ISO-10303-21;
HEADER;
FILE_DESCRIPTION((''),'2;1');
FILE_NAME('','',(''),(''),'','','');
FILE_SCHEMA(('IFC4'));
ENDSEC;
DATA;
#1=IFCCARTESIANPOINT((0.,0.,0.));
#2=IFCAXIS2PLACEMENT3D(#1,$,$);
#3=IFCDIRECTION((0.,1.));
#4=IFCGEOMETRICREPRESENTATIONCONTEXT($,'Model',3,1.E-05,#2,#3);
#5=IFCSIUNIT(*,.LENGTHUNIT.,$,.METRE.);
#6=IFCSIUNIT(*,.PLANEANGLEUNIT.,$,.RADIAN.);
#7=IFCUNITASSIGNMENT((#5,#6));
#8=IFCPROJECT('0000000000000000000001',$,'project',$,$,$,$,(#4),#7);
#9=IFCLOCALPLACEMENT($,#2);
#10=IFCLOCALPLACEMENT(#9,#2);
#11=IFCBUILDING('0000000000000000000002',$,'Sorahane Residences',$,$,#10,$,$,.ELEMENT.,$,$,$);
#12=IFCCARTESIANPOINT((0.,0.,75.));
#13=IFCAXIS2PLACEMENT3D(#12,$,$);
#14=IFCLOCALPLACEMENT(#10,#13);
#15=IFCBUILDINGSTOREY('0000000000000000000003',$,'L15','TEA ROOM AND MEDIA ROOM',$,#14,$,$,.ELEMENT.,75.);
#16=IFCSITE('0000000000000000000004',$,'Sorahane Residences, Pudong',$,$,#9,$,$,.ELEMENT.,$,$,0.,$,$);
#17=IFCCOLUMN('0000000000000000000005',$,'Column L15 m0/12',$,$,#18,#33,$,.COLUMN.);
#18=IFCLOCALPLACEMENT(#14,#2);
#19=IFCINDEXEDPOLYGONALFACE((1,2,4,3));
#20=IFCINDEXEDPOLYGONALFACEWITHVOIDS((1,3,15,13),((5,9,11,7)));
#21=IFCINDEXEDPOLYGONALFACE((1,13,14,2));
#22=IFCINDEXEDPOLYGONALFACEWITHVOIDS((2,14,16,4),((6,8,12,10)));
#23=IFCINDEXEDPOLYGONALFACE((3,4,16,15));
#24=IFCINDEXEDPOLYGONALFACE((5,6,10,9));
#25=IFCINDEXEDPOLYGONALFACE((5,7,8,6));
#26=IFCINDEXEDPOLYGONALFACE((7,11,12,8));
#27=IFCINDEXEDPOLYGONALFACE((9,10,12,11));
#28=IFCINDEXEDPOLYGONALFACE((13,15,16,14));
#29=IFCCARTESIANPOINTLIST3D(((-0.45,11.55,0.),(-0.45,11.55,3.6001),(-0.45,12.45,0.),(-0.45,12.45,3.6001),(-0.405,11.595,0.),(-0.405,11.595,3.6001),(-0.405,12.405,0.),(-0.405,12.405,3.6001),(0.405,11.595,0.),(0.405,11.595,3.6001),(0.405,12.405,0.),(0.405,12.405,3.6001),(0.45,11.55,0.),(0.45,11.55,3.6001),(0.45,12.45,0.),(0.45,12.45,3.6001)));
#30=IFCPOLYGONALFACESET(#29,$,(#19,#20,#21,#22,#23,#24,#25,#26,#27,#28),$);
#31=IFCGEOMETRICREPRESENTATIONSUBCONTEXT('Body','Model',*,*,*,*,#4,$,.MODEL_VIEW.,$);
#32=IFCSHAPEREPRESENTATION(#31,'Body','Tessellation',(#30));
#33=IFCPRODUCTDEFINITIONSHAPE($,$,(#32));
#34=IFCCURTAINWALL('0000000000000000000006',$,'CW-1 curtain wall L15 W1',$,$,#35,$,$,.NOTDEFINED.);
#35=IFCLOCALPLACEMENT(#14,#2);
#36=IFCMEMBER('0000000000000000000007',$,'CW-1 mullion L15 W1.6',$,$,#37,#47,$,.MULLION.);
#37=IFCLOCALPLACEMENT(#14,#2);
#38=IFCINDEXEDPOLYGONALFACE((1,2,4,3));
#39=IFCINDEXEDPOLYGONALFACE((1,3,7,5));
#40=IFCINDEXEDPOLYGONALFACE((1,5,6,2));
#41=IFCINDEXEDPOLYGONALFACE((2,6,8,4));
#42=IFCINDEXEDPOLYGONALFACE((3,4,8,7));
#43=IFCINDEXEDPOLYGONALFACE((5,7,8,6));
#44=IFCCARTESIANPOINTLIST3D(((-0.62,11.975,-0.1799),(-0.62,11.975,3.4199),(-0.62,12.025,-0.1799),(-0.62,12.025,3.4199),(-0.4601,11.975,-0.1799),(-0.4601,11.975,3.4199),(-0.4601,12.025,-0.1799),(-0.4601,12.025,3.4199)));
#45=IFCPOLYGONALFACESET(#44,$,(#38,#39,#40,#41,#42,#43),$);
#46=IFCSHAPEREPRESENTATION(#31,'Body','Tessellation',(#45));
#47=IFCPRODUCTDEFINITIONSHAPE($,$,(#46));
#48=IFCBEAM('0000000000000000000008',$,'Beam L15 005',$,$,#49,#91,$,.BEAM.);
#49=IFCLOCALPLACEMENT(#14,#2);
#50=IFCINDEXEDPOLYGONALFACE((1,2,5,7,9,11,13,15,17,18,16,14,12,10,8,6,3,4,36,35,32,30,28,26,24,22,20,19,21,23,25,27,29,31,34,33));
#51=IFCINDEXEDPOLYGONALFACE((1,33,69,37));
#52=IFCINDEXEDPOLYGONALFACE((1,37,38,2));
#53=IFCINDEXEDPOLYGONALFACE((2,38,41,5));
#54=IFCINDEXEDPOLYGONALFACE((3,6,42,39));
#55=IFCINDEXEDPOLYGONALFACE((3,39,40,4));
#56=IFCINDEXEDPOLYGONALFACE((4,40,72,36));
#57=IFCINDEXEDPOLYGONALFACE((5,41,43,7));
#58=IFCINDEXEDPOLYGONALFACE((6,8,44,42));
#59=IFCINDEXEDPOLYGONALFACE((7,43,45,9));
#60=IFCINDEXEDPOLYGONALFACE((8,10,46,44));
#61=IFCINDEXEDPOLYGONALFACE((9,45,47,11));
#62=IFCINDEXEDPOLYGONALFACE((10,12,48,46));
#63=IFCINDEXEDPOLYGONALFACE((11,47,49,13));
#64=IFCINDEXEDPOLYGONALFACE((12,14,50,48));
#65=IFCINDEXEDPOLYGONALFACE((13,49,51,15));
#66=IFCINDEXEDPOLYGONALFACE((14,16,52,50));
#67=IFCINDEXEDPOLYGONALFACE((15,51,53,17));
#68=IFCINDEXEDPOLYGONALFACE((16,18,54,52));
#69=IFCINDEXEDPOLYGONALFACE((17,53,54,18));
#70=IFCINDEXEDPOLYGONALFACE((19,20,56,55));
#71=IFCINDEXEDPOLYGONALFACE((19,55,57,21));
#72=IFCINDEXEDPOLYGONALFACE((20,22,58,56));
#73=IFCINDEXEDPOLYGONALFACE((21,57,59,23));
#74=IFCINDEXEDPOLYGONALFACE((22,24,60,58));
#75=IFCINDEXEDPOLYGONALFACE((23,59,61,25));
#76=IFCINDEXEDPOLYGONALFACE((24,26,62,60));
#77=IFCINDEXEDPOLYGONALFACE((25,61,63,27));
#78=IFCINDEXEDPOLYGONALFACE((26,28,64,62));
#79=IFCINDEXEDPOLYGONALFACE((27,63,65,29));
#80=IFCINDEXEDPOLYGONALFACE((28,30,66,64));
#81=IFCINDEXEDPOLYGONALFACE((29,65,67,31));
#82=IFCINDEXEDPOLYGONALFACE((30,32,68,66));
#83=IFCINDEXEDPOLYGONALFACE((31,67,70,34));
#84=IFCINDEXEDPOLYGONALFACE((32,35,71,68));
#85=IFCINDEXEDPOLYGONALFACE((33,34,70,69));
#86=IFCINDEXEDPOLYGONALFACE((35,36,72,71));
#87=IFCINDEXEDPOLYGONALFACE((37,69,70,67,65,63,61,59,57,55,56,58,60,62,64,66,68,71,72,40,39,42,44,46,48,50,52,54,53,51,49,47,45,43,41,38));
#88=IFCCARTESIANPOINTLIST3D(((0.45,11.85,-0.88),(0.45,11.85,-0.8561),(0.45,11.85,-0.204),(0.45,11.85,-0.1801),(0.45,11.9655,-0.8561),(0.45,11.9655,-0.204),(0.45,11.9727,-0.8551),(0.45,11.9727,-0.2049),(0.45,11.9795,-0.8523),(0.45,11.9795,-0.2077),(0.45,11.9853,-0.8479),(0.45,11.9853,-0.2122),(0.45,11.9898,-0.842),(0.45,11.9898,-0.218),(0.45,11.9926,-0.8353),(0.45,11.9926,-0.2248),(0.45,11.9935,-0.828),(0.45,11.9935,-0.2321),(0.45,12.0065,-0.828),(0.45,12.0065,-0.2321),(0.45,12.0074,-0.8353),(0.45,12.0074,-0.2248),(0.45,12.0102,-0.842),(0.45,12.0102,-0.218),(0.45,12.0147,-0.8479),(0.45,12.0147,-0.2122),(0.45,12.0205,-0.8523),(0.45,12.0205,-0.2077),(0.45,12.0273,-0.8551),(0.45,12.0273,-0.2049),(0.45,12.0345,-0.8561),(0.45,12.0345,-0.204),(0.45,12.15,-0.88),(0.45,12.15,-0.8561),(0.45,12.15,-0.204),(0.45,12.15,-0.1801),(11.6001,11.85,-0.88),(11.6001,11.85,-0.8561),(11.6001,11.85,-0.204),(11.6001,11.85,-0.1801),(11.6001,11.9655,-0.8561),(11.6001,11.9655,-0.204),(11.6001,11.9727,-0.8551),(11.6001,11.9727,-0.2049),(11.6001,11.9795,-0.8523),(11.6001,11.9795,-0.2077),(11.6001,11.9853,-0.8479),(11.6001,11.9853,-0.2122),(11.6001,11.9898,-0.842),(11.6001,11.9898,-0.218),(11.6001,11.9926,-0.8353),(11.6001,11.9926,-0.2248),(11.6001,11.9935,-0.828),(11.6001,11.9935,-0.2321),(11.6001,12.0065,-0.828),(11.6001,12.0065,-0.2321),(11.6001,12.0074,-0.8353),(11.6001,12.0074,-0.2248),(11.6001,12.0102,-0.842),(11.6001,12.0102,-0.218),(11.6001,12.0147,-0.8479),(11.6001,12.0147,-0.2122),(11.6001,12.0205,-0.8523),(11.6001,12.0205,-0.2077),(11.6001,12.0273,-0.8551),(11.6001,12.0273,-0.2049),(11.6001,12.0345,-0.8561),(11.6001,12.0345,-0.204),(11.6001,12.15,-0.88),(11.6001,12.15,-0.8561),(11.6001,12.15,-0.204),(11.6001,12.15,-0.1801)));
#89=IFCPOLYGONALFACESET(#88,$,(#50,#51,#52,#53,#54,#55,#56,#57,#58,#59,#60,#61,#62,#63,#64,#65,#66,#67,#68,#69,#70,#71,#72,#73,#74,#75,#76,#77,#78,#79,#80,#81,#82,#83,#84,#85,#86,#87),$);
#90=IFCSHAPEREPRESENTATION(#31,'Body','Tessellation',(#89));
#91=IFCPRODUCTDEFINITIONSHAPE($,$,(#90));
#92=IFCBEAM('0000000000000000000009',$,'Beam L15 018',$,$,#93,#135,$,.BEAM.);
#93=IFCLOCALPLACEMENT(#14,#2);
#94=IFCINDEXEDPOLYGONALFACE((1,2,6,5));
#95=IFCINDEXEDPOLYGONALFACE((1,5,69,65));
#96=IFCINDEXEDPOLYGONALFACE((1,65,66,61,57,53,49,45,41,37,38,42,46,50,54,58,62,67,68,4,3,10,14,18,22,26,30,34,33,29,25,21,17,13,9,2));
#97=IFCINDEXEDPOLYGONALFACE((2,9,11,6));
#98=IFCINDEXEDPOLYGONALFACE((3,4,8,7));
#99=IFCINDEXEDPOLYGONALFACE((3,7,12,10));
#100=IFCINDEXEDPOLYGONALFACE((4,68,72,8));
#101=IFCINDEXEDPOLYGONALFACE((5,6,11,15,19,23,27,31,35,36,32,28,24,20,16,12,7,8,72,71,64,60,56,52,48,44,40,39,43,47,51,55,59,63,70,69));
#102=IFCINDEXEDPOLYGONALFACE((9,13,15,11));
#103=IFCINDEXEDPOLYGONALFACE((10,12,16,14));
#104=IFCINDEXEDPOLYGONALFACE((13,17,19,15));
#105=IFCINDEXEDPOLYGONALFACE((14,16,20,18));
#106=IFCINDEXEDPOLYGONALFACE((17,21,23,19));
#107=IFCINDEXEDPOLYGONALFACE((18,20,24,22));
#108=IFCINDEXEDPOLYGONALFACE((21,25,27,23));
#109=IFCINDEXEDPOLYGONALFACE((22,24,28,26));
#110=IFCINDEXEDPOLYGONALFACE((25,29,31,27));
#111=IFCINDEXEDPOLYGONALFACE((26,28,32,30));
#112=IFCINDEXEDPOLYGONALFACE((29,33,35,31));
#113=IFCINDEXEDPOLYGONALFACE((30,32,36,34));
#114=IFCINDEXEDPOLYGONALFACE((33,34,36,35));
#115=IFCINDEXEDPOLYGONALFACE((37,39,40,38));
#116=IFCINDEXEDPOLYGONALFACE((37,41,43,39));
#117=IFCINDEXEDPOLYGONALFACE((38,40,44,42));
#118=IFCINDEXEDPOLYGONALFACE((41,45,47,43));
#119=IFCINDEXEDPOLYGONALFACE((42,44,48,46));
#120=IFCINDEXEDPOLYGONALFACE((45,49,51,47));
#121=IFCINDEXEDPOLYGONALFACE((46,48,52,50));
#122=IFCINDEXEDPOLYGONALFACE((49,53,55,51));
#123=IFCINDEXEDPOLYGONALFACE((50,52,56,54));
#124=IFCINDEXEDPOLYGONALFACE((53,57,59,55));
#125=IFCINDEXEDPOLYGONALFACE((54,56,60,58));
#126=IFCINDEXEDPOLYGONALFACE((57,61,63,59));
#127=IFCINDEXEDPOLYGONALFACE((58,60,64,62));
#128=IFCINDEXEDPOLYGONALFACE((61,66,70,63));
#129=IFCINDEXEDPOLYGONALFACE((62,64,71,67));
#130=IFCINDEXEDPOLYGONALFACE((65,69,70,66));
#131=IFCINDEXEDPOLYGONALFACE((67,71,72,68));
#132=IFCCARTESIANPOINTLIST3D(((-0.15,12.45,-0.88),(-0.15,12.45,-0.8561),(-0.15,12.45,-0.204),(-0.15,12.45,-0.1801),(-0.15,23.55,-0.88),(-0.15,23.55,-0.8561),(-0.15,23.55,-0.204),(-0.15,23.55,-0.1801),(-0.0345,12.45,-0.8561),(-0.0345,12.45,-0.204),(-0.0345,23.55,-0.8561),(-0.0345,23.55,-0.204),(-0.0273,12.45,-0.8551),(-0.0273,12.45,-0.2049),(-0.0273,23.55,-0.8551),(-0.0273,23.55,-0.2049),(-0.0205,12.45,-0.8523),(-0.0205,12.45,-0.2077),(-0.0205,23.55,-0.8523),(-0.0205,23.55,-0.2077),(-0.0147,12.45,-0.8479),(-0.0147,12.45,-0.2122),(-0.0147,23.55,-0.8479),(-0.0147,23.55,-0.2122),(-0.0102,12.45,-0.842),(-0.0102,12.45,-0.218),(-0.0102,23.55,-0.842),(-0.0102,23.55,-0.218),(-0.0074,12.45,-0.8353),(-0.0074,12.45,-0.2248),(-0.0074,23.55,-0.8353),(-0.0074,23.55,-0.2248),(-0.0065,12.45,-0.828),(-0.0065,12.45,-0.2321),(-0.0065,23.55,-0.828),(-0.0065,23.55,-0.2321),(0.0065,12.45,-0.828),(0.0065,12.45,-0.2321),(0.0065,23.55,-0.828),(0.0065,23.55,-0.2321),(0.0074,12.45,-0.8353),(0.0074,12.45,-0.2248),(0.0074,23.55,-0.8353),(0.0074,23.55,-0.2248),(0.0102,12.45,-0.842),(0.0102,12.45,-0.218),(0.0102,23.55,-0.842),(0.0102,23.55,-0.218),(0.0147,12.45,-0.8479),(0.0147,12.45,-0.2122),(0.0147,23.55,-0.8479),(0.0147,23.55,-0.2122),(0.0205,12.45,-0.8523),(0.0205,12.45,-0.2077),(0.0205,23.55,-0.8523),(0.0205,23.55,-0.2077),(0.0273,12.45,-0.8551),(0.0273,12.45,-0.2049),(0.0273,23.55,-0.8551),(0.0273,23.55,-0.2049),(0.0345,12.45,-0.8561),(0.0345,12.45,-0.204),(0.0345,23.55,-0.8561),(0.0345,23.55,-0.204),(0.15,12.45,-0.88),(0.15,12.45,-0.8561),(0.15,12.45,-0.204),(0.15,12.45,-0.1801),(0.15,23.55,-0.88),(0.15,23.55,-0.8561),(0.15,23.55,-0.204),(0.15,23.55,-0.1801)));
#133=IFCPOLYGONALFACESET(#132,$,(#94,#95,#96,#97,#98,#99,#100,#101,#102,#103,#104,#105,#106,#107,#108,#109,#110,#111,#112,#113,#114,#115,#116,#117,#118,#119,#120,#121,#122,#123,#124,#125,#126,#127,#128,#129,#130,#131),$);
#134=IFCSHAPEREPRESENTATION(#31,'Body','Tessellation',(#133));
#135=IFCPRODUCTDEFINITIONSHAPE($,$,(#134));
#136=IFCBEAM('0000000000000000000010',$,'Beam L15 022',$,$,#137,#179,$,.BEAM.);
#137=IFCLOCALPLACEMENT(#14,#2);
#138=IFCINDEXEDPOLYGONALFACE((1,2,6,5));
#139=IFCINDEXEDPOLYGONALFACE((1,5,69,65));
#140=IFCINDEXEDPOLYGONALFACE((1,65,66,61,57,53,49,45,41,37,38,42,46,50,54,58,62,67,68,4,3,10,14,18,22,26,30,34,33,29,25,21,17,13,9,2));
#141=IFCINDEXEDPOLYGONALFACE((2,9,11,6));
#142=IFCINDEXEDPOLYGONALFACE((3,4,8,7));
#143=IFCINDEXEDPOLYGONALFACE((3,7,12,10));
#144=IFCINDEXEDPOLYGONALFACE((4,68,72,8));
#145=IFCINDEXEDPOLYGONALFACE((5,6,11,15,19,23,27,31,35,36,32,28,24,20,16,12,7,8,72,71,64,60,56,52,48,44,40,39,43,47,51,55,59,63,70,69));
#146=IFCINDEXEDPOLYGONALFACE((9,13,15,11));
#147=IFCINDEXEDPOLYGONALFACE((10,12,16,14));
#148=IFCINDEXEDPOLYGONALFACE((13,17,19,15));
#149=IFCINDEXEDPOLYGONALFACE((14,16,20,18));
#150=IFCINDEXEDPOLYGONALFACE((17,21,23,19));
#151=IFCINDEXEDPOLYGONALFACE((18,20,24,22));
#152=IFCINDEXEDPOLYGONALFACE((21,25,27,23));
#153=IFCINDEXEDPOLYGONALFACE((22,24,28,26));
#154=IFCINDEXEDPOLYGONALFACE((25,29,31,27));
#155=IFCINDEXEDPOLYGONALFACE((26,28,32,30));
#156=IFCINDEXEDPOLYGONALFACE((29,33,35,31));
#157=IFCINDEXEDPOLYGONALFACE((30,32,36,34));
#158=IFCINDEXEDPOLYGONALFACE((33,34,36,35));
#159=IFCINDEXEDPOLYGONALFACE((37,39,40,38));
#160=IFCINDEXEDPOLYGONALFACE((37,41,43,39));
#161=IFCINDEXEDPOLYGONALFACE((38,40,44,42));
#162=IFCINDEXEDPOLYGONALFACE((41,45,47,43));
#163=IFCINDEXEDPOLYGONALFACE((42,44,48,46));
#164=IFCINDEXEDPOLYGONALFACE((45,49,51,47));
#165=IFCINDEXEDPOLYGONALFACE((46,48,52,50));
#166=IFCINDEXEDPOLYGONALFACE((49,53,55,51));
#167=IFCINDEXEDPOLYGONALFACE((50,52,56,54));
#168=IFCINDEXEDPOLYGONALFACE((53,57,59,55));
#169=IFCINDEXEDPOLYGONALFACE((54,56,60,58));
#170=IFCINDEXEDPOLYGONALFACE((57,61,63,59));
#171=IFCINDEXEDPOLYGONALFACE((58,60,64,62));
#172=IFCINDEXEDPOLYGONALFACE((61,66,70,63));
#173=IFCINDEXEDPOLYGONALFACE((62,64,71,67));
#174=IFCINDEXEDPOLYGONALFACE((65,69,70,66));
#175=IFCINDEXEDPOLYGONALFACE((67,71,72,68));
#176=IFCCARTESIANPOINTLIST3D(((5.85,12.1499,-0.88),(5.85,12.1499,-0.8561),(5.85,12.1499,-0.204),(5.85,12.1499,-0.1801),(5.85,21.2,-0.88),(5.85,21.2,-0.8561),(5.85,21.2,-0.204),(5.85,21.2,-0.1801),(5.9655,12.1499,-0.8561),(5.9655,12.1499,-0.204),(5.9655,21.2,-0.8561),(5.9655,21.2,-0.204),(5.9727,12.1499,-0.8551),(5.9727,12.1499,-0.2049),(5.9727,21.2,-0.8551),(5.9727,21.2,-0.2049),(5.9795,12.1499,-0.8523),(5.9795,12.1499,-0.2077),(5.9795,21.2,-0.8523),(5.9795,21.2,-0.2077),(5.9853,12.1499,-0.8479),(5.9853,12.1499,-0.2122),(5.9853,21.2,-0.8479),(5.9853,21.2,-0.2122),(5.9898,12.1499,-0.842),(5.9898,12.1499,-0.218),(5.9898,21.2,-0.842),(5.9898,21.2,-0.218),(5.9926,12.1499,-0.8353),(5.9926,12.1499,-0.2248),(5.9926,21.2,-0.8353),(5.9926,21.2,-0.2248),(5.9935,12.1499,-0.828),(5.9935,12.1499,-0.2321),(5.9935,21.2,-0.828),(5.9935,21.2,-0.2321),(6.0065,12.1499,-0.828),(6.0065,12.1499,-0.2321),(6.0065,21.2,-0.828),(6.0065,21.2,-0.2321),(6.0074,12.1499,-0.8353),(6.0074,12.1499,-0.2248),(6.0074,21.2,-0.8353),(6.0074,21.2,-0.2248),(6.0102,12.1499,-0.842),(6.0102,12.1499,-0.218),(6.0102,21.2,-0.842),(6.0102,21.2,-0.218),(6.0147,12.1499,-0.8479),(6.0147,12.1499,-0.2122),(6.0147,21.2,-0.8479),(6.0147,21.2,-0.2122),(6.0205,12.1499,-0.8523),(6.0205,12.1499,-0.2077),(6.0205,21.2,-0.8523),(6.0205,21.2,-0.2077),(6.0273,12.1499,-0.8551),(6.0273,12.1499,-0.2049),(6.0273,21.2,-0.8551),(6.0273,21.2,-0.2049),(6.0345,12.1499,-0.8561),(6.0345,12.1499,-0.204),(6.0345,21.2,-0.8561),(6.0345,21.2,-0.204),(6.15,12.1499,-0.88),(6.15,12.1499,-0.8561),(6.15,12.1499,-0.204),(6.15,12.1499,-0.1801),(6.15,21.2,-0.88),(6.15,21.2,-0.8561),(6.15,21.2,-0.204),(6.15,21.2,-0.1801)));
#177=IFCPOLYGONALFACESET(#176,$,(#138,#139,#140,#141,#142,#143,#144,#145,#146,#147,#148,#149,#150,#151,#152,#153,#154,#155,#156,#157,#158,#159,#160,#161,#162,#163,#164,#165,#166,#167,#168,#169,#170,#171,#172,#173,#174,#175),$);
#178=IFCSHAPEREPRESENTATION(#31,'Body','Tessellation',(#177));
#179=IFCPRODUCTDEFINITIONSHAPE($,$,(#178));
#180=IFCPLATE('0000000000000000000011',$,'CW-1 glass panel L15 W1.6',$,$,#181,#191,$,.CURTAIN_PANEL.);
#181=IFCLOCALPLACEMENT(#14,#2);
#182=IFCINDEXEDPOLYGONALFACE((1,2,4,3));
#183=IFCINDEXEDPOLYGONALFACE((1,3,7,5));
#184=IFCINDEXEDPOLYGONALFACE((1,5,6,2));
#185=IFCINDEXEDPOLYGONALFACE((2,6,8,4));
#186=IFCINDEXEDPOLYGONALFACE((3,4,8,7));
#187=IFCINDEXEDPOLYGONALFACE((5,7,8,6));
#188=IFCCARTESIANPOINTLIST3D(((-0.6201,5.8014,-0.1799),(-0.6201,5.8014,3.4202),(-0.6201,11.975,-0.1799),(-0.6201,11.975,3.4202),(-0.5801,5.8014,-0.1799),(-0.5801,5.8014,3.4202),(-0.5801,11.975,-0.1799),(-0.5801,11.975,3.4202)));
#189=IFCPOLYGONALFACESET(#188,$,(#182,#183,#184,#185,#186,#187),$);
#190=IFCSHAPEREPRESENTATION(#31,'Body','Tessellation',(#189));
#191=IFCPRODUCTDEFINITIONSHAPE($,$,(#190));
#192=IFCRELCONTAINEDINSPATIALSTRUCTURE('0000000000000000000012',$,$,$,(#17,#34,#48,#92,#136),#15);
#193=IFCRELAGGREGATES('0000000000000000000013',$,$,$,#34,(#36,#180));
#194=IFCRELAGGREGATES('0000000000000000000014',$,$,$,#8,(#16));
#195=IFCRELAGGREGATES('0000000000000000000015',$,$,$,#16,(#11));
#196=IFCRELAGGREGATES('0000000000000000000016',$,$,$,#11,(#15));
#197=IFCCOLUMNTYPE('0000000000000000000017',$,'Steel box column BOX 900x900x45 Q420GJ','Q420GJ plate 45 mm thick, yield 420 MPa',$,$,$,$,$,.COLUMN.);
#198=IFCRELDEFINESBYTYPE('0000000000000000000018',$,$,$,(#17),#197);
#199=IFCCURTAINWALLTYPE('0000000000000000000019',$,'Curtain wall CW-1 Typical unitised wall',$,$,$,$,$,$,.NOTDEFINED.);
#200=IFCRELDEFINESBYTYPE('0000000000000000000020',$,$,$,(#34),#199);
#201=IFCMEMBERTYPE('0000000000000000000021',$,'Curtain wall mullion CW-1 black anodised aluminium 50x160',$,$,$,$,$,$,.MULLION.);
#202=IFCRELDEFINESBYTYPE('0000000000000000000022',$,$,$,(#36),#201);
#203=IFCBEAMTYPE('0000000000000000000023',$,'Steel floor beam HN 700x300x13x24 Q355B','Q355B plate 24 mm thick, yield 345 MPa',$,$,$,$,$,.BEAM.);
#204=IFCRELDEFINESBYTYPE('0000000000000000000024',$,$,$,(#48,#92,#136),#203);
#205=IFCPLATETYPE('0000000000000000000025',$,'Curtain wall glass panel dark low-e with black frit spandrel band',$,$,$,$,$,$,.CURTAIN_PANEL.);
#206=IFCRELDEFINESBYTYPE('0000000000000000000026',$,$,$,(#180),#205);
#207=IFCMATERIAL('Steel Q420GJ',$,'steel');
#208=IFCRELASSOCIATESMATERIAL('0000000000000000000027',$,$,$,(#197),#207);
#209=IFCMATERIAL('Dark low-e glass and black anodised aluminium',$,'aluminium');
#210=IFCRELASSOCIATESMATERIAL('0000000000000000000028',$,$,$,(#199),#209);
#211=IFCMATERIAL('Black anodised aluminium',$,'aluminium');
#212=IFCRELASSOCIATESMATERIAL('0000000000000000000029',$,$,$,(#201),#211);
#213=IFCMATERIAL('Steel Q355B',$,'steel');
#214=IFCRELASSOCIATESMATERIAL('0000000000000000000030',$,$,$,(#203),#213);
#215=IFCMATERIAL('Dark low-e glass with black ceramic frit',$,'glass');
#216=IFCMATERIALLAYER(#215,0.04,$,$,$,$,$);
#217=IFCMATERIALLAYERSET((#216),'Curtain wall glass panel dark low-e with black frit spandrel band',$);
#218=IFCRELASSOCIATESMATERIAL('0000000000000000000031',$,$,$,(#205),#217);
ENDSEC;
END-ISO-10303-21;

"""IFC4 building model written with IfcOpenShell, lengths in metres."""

from ifc_helpers import new_model, si_unit, direction, frame, origin, origin_2d, place, context, subcontext, project, spatial, rectangle, hollow_rectangle, i_section, extrude, material, layer, layer_set, material_profile, profile_set, type_object, element, aggregate, save


model = new_model("IFC4")

# Units and contexts
model_context = context("Model", 3, precision=1e-05, world=origin(), true_north=direction((0.0, 1.0)))
body_context = subcontext(model_context, "Body", "Model", "MODEL_VIEW")
ifc_project = project(units=[si_unit("LENGTHUNIT", "METRE"), si_unit("PLANEANGLEUNIT", "RADIAN")], contexts=[model_context])

# Site, building, storey
site_placement = place(None, origin())
site = spatial("IfcSite", under=ifc_project, at=site_placement, Name="Sorahane Residences, Pudong", CompositionType="ELEMENT", RefElevation=0.0)
building_placement = place(site_placement, origin())
building = spatial("IfcBuilding", under=site, at=building_placement, Name="Sorahane Residences", CompositionType="ELEMENT")
storey_placement = place(building_placement, frame((0.0, 0.0, 75.0)))
storey = spatial("IfcBuildingStorey", under=building, at=storey_placement, Name="L15", Description="TEA ROOM AND MEDIA ROOM", CompositionType="ELEMENT", Elevation=75.0)

# Column
ifc_material_1 = material(Name="Steel Q420GJ", Category="steel")
ifc_material_profile_1 = material_profile(ifc_material_1, hollow_rectangle(XDim=0.8999, YDim=0.8999, WallThickness=0.0449, at=origin_2d()), Name="BOX 900x900x45")
ifc_profile_set_1 = profile_set([ifc_material_profile_1], Name="Steel Q420GJ")
column_type = type_object("IfcColumnType", Name="Steel box column BOX 900x900x45 Q420GJ", Description="Q420GJ plate 45 mm thick, yield 420 MPa", PredefinedType="COLUMN", material=ifc_profile_set_1)
column_placement = place(storey_placement, frame((0.0, 12.0, 0.0), z_axis=(0.0, 0.0, 1.0), x_axis=(1.0, 0.0, 0.0)))
element("IfcColumn", 1, at=column_placement, inside=storey, type_object=column_type, Name="Column L15 m0/12", PredefinedType="COLUMN", context=body_context, shape_type="SweptSolid", body=[
    extrude(hollow_rectangle(XDim=0.8999, YDim=0.8999, WallThickness=0.0449, at=origin_2d()), origin(), (0.0, 0.0, 1.0), 3.6001),
])

# Curtain wall, member
ifc_material_2 = material(Name="Dark low-e glass and black anodised aluminium", Category="aluminium")
curtain_wall_type = type_object("IfcCurtainWallType", Name="Curtain wall CW-1 Typical unitised wall", PredefinedType="NOTDEFINED", material=ifc_material_2)
curtain_wall_placement = place(storey_placement, origin())
curtain_wall = element("IfcCurtainWall", 2, at=curtain_wall_placement, inside=storey, type_object=curtain_wall_type, Name="CW-1 curtain wall L15 W1", PredefinedType="NOTDEFINED")
ifc_material_3 = material(Name="Black anodised aluminium", Category="aluminium")
ifc_material_profile_2 = material_profile(ifc_material_3, rectangle(XDim=0.1599, YDim=0.05, at=origin_2d()), Name="Curtain wall mullion CW-1 black anodised aluminium 50x160")
ifc_profile_set_2 = profile_set([ifc_material_profile_2], Name="Black anodised aluminium")
member_type = type_object("IfcMemberType", Name="Curtain wall mullion CW-1 black anodised aluminium 50x160", PredefinedType="MULLION", material=ifc_profile_set_2)
member_placement = place(storey_placement, frame((-0.54, 12.0, -0.1799), z_axis=(0.0, 0.0, 1.0), x_axis=(-1.0, 0.0, 0.0)))
member = element("IfcMember", 3, at=member_placement, type_object=member_type, Name="CW-1 mullion L15 W1.6", PredefinedType="MULLION", context=body_context, shape_type="SweptSolid", body=[
    extrude(rectangle(XDim=0.1599, YDim=0.05, at=origin_2d()), origin(), (0.0, 0.0, 1.0), 3.5999),
])

# Beams
ifc_material_4 = material(Name="Steel Q355B", Category="steel")
ifc_material_profile_3 = material_profile(ifc_material_4, i_section(OverallWidth=0.3, OverallDepth=0.7, WebThickness=0.0129, FlangeThickness=0.0239, FilletRadius=0.0281, at=origin_2d()), Name="HN 700x300x13x24")
ifc_profile_set_3 = profile_set([ifc_material_profile_3], Name="Steel Q355B")
beam_type = type_object("IfcBeamType", Name="Steel floor beam HN 700x300x13x24 Q355B", Description="Q355B plate 24 mm thick, yield 345 MPa", PredefinedType="BEAM", material=ifc_profile_set_3)
beam_1_placement = place(storey_placement, frame((0.45, 12.0, -0.53), z_axis=(1.0, 0.0, 0.0), x_axis=(0.0, 1.0, 0.0)))
element("IfcBeam", 4, at=beam_1_placement, inside=storey, type_object=beam_type, Name="Beam L15 005", PredefinedType="BEAM", context=body_context, shape_type="SweptSolid", body=[
    extrude(i_section(OverallWidth=0.3, OverallDepth=0.7, WebThickness=0.0129, FlangeThickness=0.0239, FilletRadius=0.0281, at=origin_2d()), origin(), (0.0, 0.0, 1.0), 11.1501),
])
beam_2_placement = place(storey_placement, frame((0.0, 12.45, -0.53), z_axis=(0.0, 1.0, 0.0), x_axis=(-1.0, 0.0, 0.0)))
element("IfcBeam", 5, at=beam_2_placement, inside=storey, type_object=beam_type, Name="Beam L15 018", PredefinedType="BEAM", context=body_context, shape_type="SweptSolid", body=[
    extrude(i_section(OverallWidth=0.3, OverallDepth=0.7, WebThickness=0.0129, FlangeThickness=0.0239, FilletRadius=0.0281, at=origin_2d()), origin(), (0.0, 0.0, 1.0), 11.1001),
])
beam_3_placement = place(storey_placement, frame((6.0, 12.1499, -0.53), z_axis=(0.0, 1.0, 0.0), x_axis=(-1.0, 0.0, 0.0)))
element("IfcBeam", 6, at=beam_3_placement, inside=storey, type_object=beam_type, Name="Beam L15 022", PredefinedType="BEAM", context=body_context, shape_type="SweptSolid", body=[
    extrude(i_section(OverallWidth=0.3, OverallDepth=0.7, WebThickness=0.0129, FlangeThickness=0.0239, FilletRadius=0.0281, at=origin_2d()), origin(), (0.0, 0.0, 1.0), 9.05),
])

# Plate
ifc_material_5 = material(Name="Dark low-e glass with black ceramic frit", Category="glass")
ifc_layer_1 = layer(ifc_material_5, 0.04)
ifc_layer_set_1 = layer_set([ifc_layer_1], Name="Curtain wall glass panel dark low-e with black frit spandrel band")
plate_type = type_object("IfcPlateType", Name="Curtain wall glass panel dark low-e with black frit spandrel band", PredefinedType="CURTAIN_PANEL", material=ifc_layer_set_1)
plate_placement = place(storey_placement, frame((-0.6001, 8.8882, -0.1799), z_axis=(0.0, 0.0, 1.0), x_axis=(0.0, -1.0, 0.0)))
plate = element("IfcPlate", 7, at=plate_placement, type_object=plate_type, Name="CW-1 glass panel L15 W1.6", PredefinedType="CURTAIN_PANEL", context=body_context, shape_type="SweptSolid", body=[
    extrude(rectangle(XDim=6.1736, YDim=0.04, at=origin_2d()), origin(), (0.0, 0.0, 1.0), 3.6001),
])
aggregate(curtain_wall, [member, plate])

save(model, "model.ifc")
